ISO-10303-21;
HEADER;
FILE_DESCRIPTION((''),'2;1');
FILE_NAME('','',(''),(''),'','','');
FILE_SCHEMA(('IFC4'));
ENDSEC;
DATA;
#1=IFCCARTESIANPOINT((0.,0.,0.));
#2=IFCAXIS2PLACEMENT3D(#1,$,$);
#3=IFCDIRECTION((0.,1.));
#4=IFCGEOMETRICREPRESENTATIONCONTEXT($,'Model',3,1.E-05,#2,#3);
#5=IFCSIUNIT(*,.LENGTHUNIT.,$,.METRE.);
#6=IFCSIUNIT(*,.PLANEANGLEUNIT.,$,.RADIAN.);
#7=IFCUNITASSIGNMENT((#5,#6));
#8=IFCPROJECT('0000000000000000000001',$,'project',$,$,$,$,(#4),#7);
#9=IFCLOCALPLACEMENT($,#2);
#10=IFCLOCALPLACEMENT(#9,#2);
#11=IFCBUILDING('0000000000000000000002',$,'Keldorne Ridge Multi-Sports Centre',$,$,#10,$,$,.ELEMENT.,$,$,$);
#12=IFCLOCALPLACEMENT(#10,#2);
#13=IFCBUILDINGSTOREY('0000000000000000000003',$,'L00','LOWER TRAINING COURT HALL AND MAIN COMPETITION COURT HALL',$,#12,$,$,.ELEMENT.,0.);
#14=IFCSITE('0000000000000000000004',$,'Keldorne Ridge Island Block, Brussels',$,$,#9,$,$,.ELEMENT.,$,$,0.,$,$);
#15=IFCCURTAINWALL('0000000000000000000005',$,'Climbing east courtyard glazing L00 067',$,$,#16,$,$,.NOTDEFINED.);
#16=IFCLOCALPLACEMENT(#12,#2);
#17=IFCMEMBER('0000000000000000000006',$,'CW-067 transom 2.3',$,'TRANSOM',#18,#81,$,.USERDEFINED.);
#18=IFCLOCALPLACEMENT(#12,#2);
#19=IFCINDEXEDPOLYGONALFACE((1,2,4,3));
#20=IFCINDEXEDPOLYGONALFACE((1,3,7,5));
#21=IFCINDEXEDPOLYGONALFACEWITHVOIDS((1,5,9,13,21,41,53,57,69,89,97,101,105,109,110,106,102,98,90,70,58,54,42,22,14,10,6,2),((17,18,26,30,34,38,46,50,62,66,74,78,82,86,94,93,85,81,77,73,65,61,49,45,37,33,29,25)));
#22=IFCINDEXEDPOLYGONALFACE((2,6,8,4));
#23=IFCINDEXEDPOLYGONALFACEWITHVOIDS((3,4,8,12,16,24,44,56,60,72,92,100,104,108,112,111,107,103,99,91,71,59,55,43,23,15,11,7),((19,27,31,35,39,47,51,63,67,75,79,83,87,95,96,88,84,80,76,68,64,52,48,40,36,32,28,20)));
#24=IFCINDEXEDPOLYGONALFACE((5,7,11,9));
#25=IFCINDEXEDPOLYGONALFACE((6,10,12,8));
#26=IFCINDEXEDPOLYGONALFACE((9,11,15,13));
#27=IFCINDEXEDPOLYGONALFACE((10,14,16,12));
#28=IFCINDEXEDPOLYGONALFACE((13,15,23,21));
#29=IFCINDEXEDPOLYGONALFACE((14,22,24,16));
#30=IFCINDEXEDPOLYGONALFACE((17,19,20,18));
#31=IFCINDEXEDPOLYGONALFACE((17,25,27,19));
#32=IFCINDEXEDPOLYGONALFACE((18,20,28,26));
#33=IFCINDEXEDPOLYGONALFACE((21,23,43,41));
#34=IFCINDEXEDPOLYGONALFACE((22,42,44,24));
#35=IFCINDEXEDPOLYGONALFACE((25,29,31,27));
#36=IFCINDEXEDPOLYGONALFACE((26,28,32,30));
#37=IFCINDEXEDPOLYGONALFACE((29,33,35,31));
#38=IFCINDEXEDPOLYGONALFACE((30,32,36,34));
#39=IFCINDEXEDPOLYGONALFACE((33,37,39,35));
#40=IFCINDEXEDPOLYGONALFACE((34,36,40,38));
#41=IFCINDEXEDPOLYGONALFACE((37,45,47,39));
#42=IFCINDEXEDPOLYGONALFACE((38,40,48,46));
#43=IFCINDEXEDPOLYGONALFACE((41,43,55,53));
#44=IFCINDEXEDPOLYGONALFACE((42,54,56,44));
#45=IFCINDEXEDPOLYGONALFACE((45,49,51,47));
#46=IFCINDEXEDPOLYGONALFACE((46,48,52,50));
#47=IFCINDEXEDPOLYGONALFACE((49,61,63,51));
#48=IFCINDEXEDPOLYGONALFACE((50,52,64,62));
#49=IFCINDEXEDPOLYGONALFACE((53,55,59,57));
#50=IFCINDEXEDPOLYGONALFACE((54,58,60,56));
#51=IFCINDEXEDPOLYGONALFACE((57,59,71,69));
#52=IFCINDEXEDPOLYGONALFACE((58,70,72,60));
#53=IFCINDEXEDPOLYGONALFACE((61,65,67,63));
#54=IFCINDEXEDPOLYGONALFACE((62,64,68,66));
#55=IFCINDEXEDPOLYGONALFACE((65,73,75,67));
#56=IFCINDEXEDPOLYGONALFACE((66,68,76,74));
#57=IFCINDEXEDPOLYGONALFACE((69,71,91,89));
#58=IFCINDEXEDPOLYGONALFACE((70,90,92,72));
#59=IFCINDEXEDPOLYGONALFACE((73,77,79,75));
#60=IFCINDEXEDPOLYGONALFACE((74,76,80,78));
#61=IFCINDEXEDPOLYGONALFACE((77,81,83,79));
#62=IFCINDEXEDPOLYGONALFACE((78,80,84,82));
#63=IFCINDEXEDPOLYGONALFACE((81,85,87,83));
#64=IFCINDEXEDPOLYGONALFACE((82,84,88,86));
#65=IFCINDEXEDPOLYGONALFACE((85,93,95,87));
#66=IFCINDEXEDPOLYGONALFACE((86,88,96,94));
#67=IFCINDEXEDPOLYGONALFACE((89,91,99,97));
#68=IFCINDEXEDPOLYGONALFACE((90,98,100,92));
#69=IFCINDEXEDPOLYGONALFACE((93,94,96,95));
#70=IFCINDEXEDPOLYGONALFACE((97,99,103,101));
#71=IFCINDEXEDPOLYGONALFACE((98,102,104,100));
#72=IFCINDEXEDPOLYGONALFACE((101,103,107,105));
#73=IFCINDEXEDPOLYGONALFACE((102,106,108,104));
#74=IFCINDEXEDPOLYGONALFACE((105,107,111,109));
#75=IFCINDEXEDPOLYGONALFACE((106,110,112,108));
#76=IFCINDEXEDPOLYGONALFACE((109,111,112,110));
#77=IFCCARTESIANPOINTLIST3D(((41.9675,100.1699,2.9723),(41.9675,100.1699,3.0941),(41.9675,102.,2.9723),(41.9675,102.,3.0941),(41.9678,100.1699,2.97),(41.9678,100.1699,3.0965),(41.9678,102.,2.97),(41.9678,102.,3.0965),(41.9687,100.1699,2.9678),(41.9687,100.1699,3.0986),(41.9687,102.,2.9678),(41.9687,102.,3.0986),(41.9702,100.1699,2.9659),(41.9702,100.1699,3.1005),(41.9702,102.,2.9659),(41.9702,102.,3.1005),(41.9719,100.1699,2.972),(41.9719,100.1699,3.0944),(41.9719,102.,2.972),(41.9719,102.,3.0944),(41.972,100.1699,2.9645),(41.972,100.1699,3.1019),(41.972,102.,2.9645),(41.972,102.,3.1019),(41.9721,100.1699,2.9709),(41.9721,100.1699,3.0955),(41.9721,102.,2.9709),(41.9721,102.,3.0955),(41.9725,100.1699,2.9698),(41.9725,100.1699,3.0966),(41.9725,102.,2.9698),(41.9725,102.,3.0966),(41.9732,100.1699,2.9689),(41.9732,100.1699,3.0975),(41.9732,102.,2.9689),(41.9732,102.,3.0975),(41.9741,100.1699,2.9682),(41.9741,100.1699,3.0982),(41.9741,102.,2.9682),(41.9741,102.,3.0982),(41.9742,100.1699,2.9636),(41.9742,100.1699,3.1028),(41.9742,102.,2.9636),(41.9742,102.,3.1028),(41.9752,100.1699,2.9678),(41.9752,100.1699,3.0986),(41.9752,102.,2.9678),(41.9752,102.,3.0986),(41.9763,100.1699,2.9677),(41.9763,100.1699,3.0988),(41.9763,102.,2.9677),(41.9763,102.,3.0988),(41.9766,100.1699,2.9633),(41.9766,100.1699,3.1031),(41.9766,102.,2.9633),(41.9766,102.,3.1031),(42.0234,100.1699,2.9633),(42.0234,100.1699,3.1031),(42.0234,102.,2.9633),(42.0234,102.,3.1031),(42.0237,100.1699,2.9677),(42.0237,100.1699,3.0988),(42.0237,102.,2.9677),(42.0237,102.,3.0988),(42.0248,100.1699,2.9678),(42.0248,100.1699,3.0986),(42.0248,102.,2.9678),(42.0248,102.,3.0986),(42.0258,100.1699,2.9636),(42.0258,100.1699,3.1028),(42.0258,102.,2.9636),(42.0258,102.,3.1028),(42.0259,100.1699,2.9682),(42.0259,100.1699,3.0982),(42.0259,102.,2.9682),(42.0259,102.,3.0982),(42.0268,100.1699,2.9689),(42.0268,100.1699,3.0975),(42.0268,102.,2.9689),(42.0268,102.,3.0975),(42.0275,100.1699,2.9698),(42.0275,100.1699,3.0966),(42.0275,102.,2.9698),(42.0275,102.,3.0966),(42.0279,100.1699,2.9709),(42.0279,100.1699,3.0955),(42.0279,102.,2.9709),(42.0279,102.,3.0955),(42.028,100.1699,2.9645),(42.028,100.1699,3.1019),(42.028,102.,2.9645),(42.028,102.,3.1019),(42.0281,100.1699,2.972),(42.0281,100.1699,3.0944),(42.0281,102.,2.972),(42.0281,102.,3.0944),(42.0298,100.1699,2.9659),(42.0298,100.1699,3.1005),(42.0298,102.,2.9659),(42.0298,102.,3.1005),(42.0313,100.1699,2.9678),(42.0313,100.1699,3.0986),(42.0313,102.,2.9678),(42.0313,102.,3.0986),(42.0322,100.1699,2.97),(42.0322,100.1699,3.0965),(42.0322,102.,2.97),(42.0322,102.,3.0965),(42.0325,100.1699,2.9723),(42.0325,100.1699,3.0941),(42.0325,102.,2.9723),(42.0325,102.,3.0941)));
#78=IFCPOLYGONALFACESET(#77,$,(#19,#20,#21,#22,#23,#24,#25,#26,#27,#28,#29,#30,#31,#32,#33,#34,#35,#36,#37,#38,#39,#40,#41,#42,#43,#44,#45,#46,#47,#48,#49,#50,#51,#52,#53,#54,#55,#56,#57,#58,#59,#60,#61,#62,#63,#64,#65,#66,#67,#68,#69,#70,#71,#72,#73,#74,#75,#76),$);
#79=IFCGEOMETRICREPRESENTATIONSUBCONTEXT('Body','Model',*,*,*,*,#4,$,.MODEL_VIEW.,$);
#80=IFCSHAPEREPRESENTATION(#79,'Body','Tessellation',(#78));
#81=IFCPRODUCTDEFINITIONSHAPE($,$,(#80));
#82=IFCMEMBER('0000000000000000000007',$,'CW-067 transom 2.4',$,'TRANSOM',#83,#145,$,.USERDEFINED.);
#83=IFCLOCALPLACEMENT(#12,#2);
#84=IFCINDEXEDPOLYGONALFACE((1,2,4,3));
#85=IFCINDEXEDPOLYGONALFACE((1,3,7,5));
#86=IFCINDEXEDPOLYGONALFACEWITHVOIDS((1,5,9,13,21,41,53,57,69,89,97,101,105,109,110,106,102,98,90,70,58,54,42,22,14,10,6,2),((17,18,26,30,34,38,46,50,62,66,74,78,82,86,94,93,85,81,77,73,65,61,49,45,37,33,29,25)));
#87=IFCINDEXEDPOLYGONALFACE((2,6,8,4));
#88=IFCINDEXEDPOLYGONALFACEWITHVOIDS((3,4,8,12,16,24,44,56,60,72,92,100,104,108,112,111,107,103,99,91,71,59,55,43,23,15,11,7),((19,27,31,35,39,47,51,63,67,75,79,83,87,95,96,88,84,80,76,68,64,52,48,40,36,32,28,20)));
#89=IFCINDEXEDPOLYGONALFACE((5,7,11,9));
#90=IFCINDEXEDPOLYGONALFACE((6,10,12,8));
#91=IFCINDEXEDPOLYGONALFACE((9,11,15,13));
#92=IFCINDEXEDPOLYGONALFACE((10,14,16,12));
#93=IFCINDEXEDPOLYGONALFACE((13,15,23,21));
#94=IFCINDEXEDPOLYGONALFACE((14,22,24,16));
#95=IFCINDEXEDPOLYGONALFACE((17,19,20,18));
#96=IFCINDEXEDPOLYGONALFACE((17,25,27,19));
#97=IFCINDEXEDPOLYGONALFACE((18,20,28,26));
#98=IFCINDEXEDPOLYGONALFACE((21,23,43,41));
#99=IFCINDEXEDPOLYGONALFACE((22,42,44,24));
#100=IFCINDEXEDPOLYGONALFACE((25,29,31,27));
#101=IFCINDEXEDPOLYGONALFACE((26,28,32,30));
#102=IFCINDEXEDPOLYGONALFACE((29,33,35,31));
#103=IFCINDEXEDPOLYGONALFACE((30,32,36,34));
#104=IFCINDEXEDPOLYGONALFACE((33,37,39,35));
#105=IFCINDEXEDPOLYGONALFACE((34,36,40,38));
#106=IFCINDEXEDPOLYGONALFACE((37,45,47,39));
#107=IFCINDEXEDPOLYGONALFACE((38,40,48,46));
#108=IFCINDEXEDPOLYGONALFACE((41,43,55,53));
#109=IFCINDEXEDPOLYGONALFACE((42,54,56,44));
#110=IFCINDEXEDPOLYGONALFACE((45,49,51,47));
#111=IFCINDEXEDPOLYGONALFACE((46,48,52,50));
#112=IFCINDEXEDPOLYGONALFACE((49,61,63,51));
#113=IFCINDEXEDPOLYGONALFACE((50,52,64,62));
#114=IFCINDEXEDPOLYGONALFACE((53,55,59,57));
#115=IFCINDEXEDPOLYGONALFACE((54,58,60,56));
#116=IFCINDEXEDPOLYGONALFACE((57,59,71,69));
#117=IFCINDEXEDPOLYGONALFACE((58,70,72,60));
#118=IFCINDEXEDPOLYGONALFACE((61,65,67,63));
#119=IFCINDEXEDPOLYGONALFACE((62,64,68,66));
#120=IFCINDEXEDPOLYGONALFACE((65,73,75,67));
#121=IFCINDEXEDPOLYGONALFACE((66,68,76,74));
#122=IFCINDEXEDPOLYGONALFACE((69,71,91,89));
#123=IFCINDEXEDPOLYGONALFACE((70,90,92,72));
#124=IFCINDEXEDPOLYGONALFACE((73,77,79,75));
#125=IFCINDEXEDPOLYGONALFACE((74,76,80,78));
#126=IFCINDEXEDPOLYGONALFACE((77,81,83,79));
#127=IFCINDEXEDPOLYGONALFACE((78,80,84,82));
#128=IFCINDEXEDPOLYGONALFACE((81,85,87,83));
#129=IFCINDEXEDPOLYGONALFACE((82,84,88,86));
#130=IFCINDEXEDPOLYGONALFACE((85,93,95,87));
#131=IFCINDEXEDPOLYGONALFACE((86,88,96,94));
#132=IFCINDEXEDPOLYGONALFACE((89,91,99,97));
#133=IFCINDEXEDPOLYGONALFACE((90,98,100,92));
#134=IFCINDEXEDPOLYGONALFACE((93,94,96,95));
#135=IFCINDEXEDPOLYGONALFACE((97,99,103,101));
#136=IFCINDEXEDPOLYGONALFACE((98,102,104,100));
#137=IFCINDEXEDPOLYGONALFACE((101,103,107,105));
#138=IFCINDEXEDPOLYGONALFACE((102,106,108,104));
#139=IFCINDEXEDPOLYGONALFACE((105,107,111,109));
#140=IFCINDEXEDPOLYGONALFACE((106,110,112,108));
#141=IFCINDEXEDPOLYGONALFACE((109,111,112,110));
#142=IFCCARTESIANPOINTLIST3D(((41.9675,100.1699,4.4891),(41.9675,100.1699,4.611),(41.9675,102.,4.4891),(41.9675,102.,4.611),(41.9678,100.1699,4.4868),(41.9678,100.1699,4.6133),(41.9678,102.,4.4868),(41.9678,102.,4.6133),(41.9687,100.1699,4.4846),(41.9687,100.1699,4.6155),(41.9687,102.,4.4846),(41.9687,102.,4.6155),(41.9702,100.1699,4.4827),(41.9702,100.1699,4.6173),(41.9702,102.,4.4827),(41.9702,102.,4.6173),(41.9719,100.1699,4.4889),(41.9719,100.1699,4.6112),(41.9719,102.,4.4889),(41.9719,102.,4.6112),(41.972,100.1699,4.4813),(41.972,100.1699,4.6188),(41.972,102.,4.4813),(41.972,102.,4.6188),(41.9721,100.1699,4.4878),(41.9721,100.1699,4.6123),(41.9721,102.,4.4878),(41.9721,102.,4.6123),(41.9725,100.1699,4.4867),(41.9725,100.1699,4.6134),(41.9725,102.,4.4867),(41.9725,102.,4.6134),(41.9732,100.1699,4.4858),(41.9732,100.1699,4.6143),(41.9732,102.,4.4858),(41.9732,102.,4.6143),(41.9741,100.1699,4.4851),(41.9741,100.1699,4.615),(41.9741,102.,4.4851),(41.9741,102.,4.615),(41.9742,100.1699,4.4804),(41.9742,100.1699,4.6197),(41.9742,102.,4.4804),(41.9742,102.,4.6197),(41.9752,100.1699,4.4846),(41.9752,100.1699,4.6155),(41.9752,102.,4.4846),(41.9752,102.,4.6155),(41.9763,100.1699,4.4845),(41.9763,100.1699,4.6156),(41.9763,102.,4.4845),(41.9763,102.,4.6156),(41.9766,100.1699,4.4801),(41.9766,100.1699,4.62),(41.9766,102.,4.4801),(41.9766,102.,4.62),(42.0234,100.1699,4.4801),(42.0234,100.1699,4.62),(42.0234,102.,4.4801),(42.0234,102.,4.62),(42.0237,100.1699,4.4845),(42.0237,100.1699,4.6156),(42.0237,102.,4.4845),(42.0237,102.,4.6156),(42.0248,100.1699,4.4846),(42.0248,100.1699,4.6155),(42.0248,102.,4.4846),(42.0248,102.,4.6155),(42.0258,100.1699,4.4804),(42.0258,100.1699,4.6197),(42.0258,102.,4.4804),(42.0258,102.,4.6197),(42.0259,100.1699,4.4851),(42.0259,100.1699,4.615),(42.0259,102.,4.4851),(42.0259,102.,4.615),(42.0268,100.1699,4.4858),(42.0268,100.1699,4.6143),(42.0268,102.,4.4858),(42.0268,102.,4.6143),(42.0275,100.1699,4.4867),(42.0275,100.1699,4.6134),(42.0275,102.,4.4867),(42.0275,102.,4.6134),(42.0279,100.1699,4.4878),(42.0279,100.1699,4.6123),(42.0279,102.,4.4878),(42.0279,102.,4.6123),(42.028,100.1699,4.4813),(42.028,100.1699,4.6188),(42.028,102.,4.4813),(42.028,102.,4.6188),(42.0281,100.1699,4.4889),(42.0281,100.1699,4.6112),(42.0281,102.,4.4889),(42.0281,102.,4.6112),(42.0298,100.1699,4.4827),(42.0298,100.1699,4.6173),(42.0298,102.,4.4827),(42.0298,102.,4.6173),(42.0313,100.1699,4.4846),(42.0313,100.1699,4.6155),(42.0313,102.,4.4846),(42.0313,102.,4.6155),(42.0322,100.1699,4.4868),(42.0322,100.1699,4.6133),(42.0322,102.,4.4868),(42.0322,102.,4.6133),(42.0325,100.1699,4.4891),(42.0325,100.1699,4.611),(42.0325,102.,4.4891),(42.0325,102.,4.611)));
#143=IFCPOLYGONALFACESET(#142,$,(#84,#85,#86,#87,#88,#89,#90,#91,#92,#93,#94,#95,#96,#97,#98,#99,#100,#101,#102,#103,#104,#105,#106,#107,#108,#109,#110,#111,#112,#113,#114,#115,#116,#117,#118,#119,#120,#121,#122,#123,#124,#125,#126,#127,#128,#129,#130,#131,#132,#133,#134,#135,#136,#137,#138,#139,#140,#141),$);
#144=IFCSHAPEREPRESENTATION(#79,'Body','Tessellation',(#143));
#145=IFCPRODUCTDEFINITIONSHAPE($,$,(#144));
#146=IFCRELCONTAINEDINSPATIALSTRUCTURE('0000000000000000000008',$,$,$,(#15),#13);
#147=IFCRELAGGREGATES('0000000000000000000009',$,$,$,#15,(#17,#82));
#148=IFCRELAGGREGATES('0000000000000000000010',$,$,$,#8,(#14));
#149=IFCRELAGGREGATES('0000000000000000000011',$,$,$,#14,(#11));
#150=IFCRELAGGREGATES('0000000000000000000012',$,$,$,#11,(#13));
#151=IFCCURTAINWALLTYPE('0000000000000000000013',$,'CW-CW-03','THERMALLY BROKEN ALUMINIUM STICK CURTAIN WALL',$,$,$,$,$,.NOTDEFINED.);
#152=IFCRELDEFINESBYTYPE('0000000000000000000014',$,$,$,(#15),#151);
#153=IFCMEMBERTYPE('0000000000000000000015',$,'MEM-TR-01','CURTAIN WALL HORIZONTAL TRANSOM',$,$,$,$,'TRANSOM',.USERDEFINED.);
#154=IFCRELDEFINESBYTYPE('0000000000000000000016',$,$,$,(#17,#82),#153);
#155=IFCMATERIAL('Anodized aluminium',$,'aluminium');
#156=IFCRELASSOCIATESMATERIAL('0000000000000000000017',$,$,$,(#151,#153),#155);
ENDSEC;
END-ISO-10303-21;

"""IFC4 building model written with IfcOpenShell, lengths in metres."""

from ifc_helpers import new_model, si_unit, direction, frame, origin, origin_2d, place, context, subcontext, project, spatial, hollow_rectangle, extrude, material, material_profile, profile_set, type_object, element, aggregate, save


model = new_model("IFC4")

# Units and contexts
model_context = context("Model", 3, precision=1e-05, world=origin(), true_north=direction((0.0, 1.0)))
body_context = subcontext(model_context, "Body", "Model", "MODEL_VIEW")
ifc_project = project(units=[si_unit("LENGTHUNIT", "METRE"), si_unit("PLANEANGLEUNIT", "RADIAN")], contexts=[model_context])

# Site, building, storey
site_placement = place(None, origin())
site = spatial("IfcSite", under=ifc_project, at=site_placement, Name="Keldorne Ridge Island Block, Brussels", CompositionType="ELEMENT", RefElevation=0.0)
building_placement = place(site_placement, origin())
building = spatial("IfcBuilding", under=site, at=building_placement, Name="Keldorne Ridge Multi-Sports Centre", CompositionType="ELEMENT")
storey_placement = place(building_placement, origin())
storey = spatial("IfcBuildingStorey", under=building, at=storey_placement, Name="L00", Description="LOWER TRAINING COURT HALL AND MAIN COMPETITION COURT HALL", CompositionType="ELEMENT", Elevation=0.0)

# Shared definitions
ifc_material_1 = material(Name="Anodized aluminium", Category="aluminium")

# Curtain wall, members
curtain_wall_type_1 = type_object("IfcCurtainWallType", Name="CW-CW-03", Description="THERMALLY BROKEN ALUMINIUM STICK CURTAIN WALL", PredefinedType="NOTDEFINED", material=ifc_material_1)
curtain_wall_1_placement = place(storey_placement, origin())
curtain_wall_1 = element("IfcCurtainWall", 1, at=curtain_wall_1_placement, inside=storey, type_object=curtain_wall_type_1, Name="Climbing east courtyard glazing L00 067", PredefinedType="NOTDEFINED")
ifc_material_profile_1 = material_profile(ifc_material_1, hollow_rectangle(XDim=0.0649, YDim=0.1399, WallThickness=0.0044, InnerFilletRadius=0.0044, OuterFilletRadius=0.009, at=origin_2d()), Name="ALU TRANSOM 140x65x4.5")
ifc_profile_set_1 = profile_set([ifc_material_profile_1], Name="Anodized aluminium")
member_type_1 = type_object("IfcMemberType", Name="MEM-TR-01", Description="CURTAIN WALL HORIZONTAL TRANSOM", ElementType="TRANSOM", PredefinedType="USERDEFINED", material=ifc_profile_set_1)
member_1_placement = place(storey_placement, frame((42.0, 100.1699, 3.0332), z_axis=(0.0, 1.0, 0.0), x_axis=(-1.0, 0.0, 0.0)))
member_1 = element("IfcMember", 2, at=member_1_placement, type_object=member_type_1, Name="CW-067 transom 2.3", ObjectType="TRANSOM", PredefinedType="USERDEFINED", context=body_context, shape_type="SweptSolid", body=[
    extrude(hollow_rectangle(XDim=0.0649, YDim=0.1399, WallThickness=0.0044, InnerFilletRadius=0.0044, OuterFilletRadius=0.009, at=origin_2d()), origin(), (0.0, 0.0, 1.0), 1.8301),
])
member_2_placement = place(storey_placement, frame((42.0, 100.1699, 4.55), z_axis=(0.0, 1.0, 0.0), x_axis=(-1.0, 0.0, 0.0)))
member_2 = element("IfcMember", 3, at=member_2_placement, type_object=member_type_1, Name="CW-067 transom 2.4", ObjectType="TRANSOM", PredefinedType="USERDEFINED", context=body_context, shape_type="SweptSolid", body=[
    extrude(hollow_rectangle(XDim=0.0649, YDim=0.1399, WallThickness=0.0044, InnerFilletRadius=0.0044, OuterFilletRadius=0.009, at=origin_2d()), origin(), (0.0, 0.0, 1.0), 1.8301),
])

aggregate(curtain_wall_1, [member_1, member_2])

save(model, "model.ifc")
